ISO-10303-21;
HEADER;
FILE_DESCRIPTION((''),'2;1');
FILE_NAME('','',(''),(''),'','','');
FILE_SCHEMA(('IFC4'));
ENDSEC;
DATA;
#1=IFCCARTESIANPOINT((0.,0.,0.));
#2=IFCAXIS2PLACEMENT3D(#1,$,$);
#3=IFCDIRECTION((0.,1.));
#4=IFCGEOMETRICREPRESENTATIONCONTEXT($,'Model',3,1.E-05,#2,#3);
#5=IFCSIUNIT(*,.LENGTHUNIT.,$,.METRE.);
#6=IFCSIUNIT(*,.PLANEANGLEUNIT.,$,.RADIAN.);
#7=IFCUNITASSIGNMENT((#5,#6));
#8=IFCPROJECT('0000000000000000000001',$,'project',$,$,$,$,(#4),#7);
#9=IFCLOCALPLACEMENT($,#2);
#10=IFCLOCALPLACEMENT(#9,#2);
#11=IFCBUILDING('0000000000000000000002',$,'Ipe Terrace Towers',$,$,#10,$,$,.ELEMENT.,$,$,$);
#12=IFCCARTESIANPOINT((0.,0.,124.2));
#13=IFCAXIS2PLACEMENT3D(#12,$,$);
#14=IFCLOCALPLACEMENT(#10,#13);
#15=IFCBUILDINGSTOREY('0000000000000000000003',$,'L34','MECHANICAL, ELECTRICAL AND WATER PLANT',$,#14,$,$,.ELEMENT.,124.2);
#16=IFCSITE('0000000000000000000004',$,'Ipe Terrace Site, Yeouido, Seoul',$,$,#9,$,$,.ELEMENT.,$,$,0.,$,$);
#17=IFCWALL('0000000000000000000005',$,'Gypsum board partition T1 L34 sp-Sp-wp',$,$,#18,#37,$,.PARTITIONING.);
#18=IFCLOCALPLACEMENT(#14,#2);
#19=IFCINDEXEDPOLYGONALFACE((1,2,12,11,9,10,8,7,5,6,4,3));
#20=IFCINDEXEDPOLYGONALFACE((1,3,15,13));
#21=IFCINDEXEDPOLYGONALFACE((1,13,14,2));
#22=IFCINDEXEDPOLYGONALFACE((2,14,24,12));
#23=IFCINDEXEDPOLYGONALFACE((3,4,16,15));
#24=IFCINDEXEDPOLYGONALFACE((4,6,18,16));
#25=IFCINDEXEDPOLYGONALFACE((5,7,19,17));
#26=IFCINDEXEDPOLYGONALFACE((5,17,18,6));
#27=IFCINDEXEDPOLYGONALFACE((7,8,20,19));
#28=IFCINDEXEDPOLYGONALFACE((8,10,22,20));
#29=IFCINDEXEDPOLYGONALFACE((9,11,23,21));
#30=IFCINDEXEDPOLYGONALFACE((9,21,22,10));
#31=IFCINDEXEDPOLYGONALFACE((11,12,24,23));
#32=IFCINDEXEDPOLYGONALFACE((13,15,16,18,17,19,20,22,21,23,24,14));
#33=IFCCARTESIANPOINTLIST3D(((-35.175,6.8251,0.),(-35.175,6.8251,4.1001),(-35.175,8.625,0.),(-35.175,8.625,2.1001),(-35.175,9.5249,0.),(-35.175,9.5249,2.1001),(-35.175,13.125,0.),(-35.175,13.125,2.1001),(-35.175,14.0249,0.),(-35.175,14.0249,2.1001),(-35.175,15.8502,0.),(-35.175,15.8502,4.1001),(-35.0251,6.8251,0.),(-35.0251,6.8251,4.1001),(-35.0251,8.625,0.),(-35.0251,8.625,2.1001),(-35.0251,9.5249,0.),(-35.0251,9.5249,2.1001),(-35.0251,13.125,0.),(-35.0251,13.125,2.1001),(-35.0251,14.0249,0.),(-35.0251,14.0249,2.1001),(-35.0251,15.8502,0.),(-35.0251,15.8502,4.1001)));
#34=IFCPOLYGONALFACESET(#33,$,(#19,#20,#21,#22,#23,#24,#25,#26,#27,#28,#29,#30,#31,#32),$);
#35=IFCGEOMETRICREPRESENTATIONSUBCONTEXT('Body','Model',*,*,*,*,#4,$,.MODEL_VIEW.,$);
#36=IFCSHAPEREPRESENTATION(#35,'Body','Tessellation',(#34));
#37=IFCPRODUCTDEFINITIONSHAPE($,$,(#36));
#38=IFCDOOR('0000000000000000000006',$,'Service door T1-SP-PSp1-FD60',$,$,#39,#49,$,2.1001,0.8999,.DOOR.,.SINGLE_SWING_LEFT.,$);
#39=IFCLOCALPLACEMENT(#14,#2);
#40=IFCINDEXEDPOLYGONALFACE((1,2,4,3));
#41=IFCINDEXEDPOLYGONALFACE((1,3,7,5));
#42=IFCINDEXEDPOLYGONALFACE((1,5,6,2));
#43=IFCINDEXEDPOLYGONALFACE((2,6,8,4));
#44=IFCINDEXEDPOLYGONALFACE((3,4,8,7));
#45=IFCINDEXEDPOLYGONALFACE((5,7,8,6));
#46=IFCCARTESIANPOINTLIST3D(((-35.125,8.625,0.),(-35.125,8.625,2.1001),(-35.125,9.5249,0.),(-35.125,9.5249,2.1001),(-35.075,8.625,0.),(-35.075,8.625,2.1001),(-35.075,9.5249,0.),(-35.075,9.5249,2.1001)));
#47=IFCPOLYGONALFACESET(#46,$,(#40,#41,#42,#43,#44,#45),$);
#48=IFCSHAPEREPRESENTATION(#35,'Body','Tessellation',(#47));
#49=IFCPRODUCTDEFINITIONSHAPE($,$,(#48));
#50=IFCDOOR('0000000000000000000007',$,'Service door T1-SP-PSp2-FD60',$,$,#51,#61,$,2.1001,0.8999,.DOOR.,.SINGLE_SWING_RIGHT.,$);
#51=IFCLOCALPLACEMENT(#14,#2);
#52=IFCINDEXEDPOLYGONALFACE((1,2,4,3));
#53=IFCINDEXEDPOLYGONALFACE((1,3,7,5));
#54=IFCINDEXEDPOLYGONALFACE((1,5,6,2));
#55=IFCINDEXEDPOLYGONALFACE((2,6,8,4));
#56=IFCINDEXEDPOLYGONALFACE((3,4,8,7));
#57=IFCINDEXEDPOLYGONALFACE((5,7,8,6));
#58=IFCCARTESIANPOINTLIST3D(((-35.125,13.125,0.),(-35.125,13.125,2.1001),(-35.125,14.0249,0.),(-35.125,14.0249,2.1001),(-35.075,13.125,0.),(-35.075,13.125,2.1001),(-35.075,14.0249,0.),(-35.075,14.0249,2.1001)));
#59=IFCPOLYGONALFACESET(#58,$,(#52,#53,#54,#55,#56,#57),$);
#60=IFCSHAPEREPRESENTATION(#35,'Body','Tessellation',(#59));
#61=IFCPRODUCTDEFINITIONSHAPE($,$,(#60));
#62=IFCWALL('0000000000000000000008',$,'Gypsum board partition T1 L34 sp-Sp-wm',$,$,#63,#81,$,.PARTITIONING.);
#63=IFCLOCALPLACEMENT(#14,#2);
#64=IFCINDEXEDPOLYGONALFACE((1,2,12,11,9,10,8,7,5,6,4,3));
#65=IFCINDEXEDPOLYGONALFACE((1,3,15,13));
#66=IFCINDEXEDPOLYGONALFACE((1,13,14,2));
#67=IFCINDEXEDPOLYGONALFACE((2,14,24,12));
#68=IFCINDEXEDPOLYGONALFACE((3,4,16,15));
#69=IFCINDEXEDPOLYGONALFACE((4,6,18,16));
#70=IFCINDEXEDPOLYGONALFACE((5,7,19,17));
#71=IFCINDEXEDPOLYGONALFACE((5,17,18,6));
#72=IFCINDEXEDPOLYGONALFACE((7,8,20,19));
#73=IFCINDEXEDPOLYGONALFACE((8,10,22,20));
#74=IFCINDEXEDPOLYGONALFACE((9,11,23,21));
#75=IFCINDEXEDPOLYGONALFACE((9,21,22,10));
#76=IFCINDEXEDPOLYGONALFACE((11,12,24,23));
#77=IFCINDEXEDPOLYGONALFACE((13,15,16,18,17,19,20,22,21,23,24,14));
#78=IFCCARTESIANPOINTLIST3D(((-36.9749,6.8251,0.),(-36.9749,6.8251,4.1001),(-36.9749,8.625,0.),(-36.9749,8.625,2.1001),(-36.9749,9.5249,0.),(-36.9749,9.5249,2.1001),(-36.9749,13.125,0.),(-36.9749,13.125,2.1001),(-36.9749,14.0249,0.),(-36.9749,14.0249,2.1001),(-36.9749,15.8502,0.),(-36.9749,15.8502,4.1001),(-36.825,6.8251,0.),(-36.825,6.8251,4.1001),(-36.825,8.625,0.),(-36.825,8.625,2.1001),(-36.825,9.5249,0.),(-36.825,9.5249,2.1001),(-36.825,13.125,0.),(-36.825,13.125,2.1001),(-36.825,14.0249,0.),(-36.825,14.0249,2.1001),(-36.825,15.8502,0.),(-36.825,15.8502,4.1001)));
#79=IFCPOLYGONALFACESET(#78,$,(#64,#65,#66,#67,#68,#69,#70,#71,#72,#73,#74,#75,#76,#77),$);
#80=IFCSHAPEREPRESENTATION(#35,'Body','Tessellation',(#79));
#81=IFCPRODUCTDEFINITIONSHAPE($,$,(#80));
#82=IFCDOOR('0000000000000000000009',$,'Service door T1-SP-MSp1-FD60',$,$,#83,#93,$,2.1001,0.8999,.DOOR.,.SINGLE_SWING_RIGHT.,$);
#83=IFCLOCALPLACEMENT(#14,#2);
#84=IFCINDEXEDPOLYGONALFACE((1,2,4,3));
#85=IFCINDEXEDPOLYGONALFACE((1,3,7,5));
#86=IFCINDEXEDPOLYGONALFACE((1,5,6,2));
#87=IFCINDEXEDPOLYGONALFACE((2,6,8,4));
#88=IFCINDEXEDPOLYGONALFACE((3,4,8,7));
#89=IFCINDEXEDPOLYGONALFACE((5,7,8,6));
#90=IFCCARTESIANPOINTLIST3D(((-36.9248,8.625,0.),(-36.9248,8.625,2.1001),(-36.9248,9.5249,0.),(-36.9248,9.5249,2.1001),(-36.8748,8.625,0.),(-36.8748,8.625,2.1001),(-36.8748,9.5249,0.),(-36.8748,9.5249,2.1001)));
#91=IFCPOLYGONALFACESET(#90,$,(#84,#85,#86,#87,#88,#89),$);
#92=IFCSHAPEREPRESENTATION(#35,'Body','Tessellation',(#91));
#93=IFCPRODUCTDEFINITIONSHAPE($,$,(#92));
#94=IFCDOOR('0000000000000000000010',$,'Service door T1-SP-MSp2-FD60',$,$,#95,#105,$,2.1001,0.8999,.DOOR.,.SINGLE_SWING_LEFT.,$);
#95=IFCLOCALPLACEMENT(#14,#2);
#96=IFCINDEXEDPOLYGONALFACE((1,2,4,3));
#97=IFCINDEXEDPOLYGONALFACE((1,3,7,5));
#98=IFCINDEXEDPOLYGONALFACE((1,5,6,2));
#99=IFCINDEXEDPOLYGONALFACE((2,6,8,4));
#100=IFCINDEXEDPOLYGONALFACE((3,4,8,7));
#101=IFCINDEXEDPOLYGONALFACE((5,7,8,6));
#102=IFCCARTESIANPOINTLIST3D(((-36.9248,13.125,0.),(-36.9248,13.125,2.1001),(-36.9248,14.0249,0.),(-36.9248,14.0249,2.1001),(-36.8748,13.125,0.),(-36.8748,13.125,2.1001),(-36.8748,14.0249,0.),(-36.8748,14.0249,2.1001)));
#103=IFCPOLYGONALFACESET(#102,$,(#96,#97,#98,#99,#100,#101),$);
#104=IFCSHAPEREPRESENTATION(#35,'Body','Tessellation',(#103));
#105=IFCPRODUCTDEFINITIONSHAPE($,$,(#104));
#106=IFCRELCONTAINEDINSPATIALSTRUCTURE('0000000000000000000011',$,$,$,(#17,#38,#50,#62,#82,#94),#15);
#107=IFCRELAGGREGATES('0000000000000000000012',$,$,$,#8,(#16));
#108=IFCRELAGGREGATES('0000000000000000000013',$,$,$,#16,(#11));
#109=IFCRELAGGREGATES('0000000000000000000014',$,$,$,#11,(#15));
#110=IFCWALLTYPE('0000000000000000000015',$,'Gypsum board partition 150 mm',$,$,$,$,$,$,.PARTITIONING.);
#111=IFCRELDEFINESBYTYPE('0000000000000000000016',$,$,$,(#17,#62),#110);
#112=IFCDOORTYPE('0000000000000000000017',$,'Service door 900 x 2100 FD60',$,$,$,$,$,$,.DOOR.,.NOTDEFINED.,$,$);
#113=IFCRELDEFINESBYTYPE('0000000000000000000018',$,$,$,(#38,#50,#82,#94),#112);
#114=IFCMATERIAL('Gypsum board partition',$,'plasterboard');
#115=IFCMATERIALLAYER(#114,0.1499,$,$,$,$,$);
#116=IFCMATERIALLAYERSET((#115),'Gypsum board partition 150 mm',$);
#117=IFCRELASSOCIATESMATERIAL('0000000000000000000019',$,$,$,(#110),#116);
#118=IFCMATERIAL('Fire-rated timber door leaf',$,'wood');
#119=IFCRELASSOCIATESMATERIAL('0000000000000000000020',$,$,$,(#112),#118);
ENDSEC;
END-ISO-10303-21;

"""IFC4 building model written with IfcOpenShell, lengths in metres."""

from ifc_helpers import new_model, si_unit, direction, frame, frame_2d, origin, place, context, subcontext, project, spatial, rectangle, extrude, material, layer, layer_set, type_object, element, fill, save


model = new_model("IFC4")

# Units and contexts
model_context = context("Model", 3, precision=1e-05, world=origin(), true_north=direction((0.0, 1.0)))
body_context = subcontext(model_context, "Body", "Model", "MODEL_VIEW")
ifc_project = project(units=[si_unit("LENGTHUNIT", "METRE"), si_unit("PLANEANGLEUNIT", "RADIAN")], contexts=[model_context])

# Site, building, storey
site_placement = place(None, origin())
site = spatial("IfcSite", under=ifc_project, at=site_placement, Name="Ipe Terrace Site, Yeouido, Seoul", CompositionType="ELEMENT", RefElevation=0.0)
building_placement = place(site_placement, origin())
building = spatial("IfcBuilding", under=site, at=building_placement, Name="Ipe Terrace Towers", CompositionType="ELEMENT")
storey_placement = place(building_placement, frame((0.0, 0.0, 124.2)))
storey = spatial("IfcBuildingStorey", under=building, at=storey_placement, Name="L34", Description="MECHANICAL, ELECTRICAL AND WATER PLANT", CompositionType="ELEMENT", Elevation=124.2)

# Shared definitions
ifc_material_1 = material(Name="Gypsum board partition", Category="plasterboard")
ifc_layer_1 = layer(ifc_material_1, 0.1499)
ifc_layer_set_1 = layer_set([ifc_layer_1], Name="Gypsum board partition 150 mm")
wall_type = type_object("IfcWallType", Name="Gypsum board partition 150 mm", PredefinedType="PARTITIONING", material=ifc_layer_set_1)
ifc_material_2 = material(Name="Fire-rated timber door leaf", Category="wood")
door_type_1 = type_object("IfcDoorType", Name="Service door 900 x 2100 FD60", OperationType="NOTDEFINED", PredefinedType="DOOR", material=ifc_material_2)

# Walls, openings, doors
wall_1_placement = place(storey_placement, frame((-35.1001, 6.825, 0.0), z_axis=(0.0, 0.0, 1.0), x_axis=(0.0, 1.0, 0.0)))
wall_1 = element("IfcWall", 1, at=wall_1_placement, inside=storey, type_object=wall_type, Name="Gypsum board partition T1 L34 sp-Sp-wp", PredefinedType="PARTITIONING", context=body_context, shape_type="SweptSolid", body=[
    extrude(rectangle(XDim=9.0251, YDim=0.1499, at=frame_2d((4.5127, 0.0))), origin(), (0.0, 0.0, 1.0), 4.1001),
])
opening_1_placement = place(wall_1_placement, frame((1.8, 0.0, 0.0)))
opening_1 = element("IfcOpeningElement", 2, at=opening_1_placement, cuts=wall_1, PredefinedType="OPENING", context=body_context, shape_type="SweptSolid", body=[
    extrude(rectangle(XDim=0.8999, YDim=2.1001, at=frame_2d((0.45, 1.05))), frame((0.0, 0.085, 0.0), z_axis=(0.0, -1.0, 0.0), x_axis=(1.0, 0.0, 0.0)), (0.0, 0.0, 1.0), 0.1699),
])
opening_2_placement = place(wall_1_placement, frame((6.3, 0.0, 0.0)))
opening_2 = element("IfcOpeningElement", 3, at=opening_2_placement, cuts=wall_1, PredefinedType="OPENING", context=body_context, shape_type="SweptSolid", body=[
    extrude(rectangle(XDim=0.8999, YDim=2.1001, at=frame_2d((0.45, 1.05))), frame((0.0, 0.085, 0.0), z_axis=(0.0, -1.0, 0.0), x_axis=(1.0, 0.0, 0.0)), (0.0, 0.0, 1.0), 0.1699),
])
door_1_placement = place(opening_1_placement, origin())
door_1 = element("IfcDoor", 4, at=door_1_placement, inside=storey, type_object=door_type_1, Name="Service door T1-SP-PSp1-FD60", OperationType="SINGLE_SWING_LEFT", OverallHeight=2.1001, OverallWidth=0.8999, PredefinedType="DOOR", context=body_context, shape_type="SweptSolid", body=[
    extrude(rectangle(XDim=0.8999, YDim=2.1001, at=frame_2d((0.45, 1.05))), frame((0.0, 0.0249, 0.0), z_axis=(0.0, -1.0, 0.0), x_axis=(1.0, 0.0, 0.0)), (0.0, 0.0, 1.0), 0.05),
])
fill(opening_1, door_1)
door_2_placement = place(opening_2_placement, origin())
door_2 = element("IfcDoor", 5, at=door_2_placement, inside=storey, type_object=door_type_1, Name="Service door T1-SP-PSp2-FD60", OperationType="SINGLE_SWING_RIGHT", OverallHeight=2.1001, OverallWidth=0.8999, PredefinedType="DOOR", context=body_context, shape_type="SweptSolid", body=[
    extrude(rectangle(XDim=0.8999, YDim=2.1001, at=frame_2d((0.45, 1.05))), frame((0.0, 0.0249, 0.0), z_axis=(0.0, -1.0, 0.0), x_axis=(1.0, 0.0, 0.0)), (0.0, 0.0, 1.0), 0.05),
])
fill(opening_2, door_2)
wall_2_placement = place(storey_placement, frame((-36.8999, 6.825, 0.0), z_axis=(0.0, 0.0, 1.0), x_axis=(0.0, 1.0, 0.0)))
wall_2 = element("IfcWall", 6, at=wall_2_placement, inside=storey, type_object=wall_type, Name="Gypsum board partition T1 L34 sp-Sp-wm", PredefinedType="PARTITIONING", context=body_context, shape_type="SweptSolid", body=[
    extrude(rectangle(XDim=9.0251, YDim=0.1499, at=frame_2d((4.5127, 0.0))), origin(), (0.0, 0.0, 1.0), 4.1001),
])
opening_3_placement = place(wall_2_placement, frame((1.8, 0.0, 0.0)))
opening_3 = element("IfcOpeningElement", 7, at=opening_3_placement, cuts=wall_2, PredefinedType="OPENING", context=body_context, shape_type="SweptSolid", body=[
    extrude(rectangle(XDim=0.8999, YDim=2.1001, at=frame_2d((0.45, 1.05))), frame((0.0, 0.085, 0.0), z_axis=(0.0, -1.0, 0.0), x_axis=(1.0, 0.0, 0.0)), (0.0, 0.0, 1.0), 0.1699),
])
opening_4_placement = place(wall_2_placement, frame((6.3, 0.0, 0.0)))
opening_4 = element("IfcOpeningElement", 8, at=opening_4_placement, cuts=wall_2, PredefinedType="OPENING", context=body_context, shape_type="SweptSolid", body=[
    extrude(rectangle(XDim=0.8999, YDim=2.1001, at=frame_2d((0.45, 1.05))), frame((0.0, 0.085, 0.0), z_axis=(0.0, -1.0, 0.0), x_axis=(1.0, 0.0, 0.0)), (0.0, 0.0, 1.0), 0.1699),
])
door_3_placement = place(opening_3_placement, origin())
door_3 = element("IfcDoor", 9, at=door_3_placement, inside=storey, type_object=door_type_1, Name="Service door T1-SP-MSp1-FD60", OperationType="SINGLE_SWING_RIGHT", OverallHeight=2.1001, OverallWidth=0.8999, PredefinedType="DOOR", context=body_context, shape_type="SweptSolid", body=[
    extrude(rectangle(XDim=0.8999, YDim=2.1001, at=frame_2d((0.45, 1.05))), frame((0.0, 0.0249, 0.0), z_axis=(0.0, -1.0, 0.0), x_axis=(1.0, 0.0, 0.0)), (0.0, 0.0, 1.0), 0.05),
])
fill(opening_3, door_3)
door_4_placement = place(opening_4_placement, origin())
door_4 = element("IfcDoor", 10, at=door_4_placement, inside=storey, type_object=door_type_1, Name="Service door T1-SP-MSp2-FD60", OperationType="SINGLE_SWING_LEFT", OverallHeight=2.1001, OverallWidth=0.8999, PredefinedType="DOOR", context=body_context, shape_type="SweptSolid", body=[
    extrude(rectangle(XDim=0.8999, YDim=2.1001, at=frame_2d((0.45, 1.05))), frame((0.0, 0.0249, 0.0), z_axis=(0.0, -1.0, 0.0), x_axis=(1.0, 0.0, 0.0)), (0.0, 0.0, 1.0), 0.05),
])
fill(opening_4, door_4)

save(model, "model.ifc")
